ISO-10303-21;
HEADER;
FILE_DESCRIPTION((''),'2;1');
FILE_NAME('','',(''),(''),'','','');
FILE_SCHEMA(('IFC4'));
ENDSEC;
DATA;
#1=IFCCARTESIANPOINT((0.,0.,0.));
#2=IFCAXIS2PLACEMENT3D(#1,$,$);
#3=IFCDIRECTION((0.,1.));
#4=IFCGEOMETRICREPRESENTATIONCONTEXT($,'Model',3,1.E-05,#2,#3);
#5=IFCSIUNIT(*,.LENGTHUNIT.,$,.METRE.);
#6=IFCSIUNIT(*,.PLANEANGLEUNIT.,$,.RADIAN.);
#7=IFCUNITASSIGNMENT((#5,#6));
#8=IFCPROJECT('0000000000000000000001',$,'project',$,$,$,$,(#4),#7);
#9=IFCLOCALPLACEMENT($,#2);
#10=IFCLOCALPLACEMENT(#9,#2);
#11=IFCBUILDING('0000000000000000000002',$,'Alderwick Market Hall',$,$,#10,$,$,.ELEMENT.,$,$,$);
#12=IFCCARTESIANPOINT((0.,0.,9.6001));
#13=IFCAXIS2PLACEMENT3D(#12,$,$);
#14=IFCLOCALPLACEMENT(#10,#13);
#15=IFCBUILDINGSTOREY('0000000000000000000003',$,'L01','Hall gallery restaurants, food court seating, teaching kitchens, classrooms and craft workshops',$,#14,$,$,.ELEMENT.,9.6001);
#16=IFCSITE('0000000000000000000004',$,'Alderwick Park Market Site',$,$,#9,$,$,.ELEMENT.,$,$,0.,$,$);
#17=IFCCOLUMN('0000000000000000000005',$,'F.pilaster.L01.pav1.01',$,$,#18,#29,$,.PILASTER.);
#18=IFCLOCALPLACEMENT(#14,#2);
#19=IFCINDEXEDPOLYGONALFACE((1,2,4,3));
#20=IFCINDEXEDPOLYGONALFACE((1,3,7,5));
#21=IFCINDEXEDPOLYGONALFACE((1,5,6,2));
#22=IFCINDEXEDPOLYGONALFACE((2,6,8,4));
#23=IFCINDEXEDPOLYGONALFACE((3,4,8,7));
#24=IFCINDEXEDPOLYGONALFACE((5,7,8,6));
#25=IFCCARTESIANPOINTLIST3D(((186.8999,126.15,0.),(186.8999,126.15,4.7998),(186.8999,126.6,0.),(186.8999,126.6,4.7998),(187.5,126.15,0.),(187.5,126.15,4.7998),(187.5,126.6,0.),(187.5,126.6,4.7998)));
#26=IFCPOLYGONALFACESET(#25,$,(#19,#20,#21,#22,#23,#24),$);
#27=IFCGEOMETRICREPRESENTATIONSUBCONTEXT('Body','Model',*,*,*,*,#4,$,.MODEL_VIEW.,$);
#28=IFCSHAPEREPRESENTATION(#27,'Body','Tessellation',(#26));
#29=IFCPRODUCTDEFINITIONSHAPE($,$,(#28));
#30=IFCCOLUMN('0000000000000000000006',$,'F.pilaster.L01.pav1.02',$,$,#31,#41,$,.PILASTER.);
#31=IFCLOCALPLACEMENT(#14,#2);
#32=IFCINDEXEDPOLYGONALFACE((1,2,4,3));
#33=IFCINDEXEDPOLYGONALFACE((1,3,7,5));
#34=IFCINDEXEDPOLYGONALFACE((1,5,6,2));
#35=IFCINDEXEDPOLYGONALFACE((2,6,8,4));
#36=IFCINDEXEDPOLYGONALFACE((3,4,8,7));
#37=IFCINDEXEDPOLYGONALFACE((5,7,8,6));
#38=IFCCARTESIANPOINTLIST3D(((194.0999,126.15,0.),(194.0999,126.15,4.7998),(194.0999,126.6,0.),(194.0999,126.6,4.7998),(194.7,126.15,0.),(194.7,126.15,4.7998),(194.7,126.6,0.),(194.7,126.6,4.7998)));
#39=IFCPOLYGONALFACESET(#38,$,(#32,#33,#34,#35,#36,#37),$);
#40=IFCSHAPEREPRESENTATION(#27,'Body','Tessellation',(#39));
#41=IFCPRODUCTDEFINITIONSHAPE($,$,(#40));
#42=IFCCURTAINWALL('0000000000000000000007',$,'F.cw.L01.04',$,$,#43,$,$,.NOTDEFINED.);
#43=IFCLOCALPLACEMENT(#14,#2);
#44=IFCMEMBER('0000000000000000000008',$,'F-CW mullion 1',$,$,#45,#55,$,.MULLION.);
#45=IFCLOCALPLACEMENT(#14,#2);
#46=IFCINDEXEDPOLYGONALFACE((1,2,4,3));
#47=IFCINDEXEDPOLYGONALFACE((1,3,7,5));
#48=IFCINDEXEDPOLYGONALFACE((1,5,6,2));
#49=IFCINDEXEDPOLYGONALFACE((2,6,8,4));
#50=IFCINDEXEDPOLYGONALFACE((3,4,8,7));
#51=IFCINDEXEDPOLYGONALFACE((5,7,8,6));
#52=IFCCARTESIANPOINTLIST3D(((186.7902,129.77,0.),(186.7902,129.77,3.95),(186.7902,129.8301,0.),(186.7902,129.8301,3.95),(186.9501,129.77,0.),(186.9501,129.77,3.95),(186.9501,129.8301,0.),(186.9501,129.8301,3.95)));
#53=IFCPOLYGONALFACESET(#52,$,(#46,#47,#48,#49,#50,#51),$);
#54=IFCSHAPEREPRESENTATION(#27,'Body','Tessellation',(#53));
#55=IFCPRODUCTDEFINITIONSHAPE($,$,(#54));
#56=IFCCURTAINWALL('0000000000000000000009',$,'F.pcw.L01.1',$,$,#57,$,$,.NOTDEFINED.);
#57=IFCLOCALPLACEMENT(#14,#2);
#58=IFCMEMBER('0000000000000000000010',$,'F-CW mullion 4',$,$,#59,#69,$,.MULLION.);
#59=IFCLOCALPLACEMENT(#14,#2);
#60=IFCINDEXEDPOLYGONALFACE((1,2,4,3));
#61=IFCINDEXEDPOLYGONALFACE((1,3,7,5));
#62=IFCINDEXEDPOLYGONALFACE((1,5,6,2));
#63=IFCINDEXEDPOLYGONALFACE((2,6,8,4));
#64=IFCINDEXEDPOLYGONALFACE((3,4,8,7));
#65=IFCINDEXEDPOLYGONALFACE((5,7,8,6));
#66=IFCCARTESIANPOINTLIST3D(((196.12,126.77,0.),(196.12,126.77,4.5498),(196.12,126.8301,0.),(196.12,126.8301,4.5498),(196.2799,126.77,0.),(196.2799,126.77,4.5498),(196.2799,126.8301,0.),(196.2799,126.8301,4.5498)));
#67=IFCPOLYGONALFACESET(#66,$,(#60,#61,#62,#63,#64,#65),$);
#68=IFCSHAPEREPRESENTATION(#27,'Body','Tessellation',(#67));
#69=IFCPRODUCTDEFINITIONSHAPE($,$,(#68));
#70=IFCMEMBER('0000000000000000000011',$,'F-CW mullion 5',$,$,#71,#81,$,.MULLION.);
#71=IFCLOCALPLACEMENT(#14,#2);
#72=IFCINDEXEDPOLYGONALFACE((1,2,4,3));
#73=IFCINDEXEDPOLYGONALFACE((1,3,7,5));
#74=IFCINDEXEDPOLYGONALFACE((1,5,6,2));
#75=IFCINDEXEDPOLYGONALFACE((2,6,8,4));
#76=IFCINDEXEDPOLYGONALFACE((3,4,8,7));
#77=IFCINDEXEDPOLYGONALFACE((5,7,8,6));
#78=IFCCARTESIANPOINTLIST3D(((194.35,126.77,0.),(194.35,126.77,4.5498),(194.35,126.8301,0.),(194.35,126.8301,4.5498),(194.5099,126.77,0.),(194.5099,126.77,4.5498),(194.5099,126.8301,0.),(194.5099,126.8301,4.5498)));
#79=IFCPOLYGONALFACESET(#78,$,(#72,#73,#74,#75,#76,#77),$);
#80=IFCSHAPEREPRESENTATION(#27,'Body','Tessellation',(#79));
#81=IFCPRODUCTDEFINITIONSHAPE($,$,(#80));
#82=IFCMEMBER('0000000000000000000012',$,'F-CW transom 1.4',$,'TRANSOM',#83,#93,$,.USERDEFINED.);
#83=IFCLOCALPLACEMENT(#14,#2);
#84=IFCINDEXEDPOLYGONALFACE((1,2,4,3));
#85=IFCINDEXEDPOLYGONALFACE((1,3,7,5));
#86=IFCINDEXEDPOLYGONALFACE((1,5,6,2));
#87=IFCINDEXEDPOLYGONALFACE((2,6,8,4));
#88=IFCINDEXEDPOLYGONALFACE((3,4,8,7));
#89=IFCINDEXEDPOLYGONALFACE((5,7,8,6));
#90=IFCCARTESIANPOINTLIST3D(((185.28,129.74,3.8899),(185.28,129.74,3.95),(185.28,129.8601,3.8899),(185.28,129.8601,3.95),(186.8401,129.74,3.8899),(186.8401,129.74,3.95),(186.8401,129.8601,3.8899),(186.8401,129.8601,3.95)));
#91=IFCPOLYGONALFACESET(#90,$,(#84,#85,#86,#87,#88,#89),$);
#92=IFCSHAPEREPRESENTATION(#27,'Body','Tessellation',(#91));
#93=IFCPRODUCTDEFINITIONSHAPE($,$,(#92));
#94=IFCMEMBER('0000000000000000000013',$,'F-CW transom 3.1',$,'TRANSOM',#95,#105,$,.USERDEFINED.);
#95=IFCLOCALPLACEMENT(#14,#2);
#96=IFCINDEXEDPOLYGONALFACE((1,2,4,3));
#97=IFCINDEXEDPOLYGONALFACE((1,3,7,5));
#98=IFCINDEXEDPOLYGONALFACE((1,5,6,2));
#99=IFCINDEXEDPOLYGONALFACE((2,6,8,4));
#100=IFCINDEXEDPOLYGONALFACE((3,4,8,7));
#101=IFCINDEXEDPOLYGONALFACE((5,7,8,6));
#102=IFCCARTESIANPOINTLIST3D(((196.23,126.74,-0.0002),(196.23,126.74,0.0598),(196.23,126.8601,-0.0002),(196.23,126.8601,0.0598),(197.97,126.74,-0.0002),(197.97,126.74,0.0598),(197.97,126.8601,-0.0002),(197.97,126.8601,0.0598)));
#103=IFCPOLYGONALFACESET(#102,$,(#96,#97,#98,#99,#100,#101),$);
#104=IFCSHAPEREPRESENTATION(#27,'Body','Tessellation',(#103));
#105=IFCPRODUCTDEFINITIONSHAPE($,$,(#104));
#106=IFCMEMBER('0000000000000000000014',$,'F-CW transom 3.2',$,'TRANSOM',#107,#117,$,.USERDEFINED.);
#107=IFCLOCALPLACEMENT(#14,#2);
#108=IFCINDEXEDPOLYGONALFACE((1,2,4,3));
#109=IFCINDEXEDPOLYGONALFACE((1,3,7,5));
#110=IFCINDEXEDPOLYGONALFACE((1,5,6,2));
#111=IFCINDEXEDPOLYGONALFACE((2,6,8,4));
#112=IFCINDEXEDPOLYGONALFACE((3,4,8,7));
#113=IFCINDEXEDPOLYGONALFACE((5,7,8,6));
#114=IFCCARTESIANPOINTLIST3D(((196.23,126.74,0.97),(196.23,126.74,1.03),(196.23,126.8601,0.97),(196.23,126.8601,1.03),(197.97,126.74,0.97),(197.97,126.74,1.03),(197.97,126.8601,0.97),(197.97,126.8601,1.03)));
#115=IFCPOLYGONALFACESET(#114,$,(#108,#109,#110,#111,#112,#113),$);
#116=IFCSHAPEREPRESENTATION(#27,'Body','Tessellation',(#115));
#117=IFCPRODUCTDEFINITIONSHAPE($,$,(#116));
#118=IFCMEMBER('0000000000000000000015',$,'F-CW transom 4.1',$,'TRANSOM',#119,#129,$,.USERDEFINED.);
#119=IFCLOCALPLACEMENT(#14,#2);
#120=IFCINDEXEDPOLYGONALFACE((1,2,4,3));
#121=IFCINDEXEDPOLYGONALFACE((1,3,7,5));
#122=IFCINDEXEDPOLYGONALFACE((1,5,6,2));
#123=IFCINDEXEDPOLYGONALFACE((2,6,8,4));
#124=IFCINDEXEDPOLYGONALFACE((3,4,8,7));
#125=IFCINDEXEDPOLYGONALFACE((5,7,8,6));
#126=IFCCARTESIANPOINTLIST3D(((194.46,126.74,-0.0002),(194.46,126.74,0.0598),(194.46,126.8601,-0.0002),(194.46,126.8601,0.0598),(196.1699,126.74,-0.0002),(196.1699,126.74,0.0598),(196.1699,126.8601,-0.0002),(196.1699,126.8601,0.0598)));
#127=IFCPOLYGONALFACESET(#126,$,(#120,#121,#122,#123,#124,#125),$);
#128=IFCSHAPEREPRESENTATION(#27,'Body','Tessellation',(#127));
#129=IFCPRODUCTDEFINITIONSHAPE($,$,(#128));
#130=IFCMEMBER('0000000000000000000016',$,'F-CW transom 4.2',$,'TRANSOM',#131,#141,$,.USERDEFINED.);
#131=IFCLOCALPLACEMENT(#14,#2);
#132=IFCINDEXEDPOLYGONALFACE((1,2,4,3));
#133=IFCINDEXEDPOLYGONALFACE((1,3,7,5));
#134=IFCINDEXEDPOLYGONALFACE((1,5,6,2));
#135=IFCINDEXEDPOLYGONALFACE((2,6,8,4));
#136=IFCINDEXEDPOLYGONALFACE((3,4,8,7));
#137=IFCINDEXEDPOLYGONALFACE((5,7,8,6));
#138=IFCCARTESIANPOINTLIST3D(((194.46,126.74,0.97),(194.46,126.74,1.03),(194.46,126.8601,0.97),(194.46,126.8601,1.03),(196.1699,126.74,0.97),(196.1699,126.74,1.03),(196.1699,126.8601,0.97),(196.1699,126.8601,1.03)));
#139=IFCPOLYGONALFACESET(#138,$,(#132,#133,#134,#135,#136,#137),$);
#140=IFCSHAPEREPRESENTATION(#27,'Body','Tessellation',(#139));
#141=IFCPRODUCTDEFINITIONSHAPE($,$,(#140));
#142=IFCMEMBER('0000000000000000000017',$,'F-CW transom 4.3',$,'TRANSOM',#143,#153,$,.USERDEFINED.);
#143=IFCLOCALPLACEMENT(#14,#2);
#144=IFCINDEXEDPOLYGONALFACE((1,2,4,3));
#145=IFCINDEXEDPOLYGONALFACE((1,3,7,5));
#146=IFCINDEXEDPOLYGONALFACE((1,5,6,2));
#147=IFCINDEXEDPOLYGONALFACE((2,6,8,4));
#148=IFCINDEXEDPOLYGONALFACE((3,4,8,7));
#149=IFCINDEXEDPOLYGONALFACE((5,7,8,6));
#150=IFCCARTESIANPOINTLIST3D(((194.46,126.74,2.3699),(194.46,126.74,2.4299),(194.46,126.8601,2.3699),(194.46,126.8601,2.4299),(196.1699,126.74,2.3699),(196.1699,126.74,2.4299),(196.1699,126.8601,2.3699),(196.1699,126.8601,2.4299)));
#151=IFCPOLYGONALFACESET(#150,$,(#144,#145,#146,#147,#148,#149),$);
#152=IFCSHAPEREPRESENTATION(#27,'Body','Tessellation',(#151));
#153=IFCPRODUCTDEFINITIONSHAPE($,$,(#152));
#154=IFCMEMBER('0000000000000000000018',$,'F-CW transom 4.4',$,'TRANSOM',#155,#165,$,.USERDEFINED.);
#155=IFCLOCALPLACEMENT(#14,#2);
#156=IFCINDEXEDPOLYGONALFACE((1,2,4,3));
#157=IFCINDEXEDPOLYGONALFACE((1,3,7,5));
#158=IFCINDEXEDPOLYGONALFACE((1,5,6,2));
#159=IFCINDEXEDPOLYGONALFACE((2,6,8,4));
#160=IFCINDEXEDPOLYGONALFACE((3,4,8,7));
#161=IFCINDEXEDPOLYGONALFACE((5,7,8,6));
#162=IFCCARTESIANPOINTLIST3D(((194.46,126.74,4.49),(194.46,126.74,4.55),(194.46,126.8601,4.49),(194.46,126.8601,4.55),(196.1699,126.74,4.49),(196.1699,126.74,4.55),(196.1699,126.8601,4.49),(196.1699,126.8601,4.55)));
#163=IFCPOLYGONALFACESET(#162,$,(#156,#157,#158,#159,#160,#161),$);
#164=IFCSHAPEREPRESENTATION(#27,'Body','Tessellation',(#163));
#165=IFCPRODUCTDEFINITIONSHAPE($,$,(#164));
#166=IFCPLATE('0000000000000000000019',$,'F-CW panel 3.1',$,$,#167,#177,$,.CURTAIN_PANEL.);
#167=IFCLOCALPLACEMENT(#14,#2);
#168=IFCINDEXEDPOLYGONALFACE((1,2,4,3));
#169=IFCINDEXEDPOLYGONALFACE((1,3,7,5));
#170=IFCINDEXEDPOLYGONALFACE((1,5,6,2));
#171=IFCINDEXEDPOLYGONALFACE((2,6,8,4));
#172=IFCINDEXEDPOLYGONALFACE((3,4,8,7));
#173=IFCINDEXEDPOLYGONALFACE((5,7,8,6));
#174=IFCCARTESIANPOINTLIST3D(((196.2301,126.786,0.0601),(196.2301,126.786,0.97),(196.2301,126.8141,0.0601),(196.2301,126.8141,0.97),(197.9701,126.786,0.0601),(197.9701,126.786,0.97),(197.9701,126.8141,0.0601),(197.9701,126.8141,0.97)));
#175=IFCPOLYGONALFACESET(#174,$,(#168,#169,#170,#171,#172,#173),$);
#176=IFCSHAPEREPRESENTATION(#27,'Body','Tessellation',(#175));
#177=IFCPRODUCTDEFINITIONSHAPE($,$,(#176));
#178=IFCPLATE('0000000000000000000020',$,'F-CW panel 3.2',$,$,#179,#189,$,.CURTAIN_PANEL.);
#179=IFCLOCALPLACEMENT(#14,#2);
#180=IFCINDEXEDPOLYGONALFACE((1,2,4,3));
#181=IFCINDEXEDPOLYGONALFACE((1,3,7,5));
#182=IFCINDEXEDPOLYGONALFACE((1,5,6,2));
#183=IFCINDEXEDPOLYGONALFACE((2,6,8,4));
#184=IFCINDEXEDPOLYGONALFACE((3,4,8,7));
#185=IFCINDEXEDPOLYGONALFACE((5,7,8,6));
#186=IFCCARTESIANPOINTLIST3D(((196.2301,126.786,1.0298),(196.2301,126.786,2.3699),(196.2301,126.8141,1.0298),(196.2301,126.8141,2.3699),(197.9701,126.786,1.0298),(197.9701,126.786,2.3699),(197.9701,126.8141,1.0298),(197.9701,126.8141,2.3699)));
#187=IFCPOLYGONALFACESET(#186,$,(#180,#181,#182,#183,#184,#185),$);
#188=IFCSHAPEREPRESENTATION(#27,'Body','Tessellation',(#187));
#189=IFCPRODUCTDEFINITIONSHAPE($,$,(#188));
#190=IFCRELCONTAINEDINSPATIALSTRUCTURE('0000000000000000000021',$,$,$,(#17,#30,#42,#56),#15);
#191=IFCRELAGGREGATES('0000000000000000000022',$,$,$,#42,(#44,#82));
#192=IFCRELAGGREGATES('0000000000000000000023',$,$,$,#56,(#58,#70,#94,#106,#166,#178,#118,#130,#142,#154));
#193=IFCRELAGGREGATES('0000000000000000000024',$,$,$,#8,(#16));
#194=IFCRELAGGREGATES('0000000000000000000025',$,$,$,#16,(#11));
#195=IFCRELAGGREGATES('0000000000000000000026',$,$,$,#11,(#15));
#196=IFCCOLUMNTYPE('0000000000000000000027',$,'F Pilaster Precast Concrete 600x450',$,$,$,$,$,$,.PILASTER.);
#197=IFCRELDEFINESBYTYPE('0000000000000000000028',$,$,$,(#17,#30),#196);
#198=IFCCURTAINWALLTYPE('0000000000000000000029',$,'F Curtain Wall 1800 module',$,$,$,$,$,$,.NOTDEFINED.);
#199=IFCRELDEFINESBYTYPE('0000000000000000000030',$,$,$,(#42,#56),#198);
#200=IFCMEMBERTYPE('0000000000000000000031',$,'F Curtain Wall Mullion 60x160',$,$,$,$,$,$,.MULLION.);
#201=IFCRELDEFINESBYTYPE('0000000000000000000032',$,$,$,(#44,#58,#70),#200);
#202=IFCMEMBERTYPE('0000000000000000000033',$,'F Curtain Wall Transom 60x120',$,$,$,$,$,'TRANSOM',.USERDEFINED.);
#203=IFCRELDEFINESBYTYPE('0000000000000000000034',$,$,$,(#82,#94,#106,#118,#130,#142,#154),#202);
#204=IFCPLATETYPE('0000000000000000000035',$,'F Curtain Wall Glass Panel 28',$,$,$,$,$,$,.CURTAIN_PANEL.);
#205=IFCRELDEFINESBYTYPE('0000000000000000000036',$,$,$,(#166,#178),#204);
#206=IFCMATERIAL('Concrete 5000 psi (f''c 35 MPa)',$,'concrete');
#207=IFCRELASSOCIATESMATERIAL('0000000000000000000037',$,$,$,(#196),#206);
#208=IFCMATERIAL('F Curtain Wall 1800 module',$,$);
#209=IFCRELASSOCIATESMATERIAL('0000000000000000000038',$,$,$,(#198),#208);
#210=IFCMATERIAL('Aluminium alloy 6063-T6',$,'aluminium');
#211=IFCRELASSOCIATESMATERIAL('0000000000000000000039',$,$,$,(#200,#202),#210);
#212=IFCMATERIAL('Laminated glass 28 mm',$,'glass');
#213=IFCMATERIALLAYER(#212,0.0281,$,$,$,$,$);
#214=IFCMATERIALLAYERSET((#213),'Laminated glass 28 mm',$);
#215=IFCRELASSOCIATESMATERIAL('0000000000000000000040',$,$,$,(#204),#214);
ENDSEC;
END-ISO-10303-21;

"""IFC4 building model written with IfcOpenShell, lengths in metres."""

from ifc_helpers import new_model, si_unit, direction, frame, origin, origin_2d, place, context, subcontext, project, spatial, rectangle, extrude, material, layer, layer_set, material_profile, profile_set, type_object, element, aggregate, save


model = new_model("IFC4")

# Units and contexts
model_context = context("Model", 3, precision=1e-05, world=origin(), true_north=direction((0.0, 1.0)))
body_context = subcontext(model_context, "Body", "Model", "MODEL_VIEW")
ifc_project = project(units=[si_unit("LENGTHUNIT", "METRE"), si_unit("PLANEANGLEUNIT", "RADIAN")], contexts=[model_context])

# Site, building, storey
site_placement = place(None, origin())
site = spatial("IfcSite", under=ifc_project, at=site_placement, Name="Alderwick Park Market Site", CompositionType="ELEMENT", RefElevation=0.0)
building_placement = place(site_placement, origin())
building = spatial("IfcBuilding", under=site, at=building_placement, Name="Alderwick Market Hall", CompositionType="ELEMENT")
storey_placement = place(building_placement, frame((0.0, 0.0, 9.6001)))
storey = spatial("IfcBuildingStorey", under=building, at=storey_placement, Name="L01", Description="Hall gallery restaurants, food court seating, teaching kitchens, classrooms and craft workshops", CompositionType="ELEMENT", Elevation=9.6001)

# Columns
ifc_material_1 = material(Name="Concrete 5000 psi (f'c 35 MPa)", Category="concrete")
ifc_material_profile_1 = material_profile(ifc_material_1, rectangle(XDim=0.6001, YDim=0.45, at=origin_2d()), Name="PC 600x450")
ifc_profile_set_1 = profile_set([ifc_material_profile_1], Name="Concrete 5000 psi (f'c 35 MPa)")
column_type = type_object("IfcColumnType", Name="F Pilaster Precast Concrete 600x450", PredefinedType="PILASTER", material=ifc_profile_set_1)
for number, where, z_axis, x_axis, name in (
    (1, (187.2, 126.375, 0.0), (0.0, 0.0, 1.0), (1.0, 0.0, 0.0), "F.pilaster.L01.pav1.01"),
    (2, (194.3999, 126.375, 0.0), (0.0, 0.0, 1.0), (1.0, 0.0, 0.0), "F.pilaster.L01.pav1.02"),
):
    element("IfcColumn", number, at=place(storey_placement, frame(where, z_axis=z_axis, x_axis=x_axis)), inside=storey, type_object=column_type, Name=name, PredefinedType="PILASTER", context=body_context, shape_type="SweptSolid", body=[
        extrude(rectangle(XDim=0.6001, YDim=0.45, at=origin_2d()), origin(), (0.0, 0.0, 1.0), 4.7998),
    ])

# Curtain wall, member
ifc_material_2 = material(Name="F Curtain Wall 1800 module")
curtain_wall_type = type_object("IfcCurtainWallType", Name="F Curtain Wall 1800 module", PredefinedType="NOTDEFINED", material=ifc_material_2)
curtain_wall_1_placement = place(storey_placement, origin())
curtain_wall_1 = element("IfcCurtainWall", 3, at=curtain_wall_1_placement, inside=storey, type_object=curtain_wall_type, Name="F.cw.L01.04", PredefinedType="NOTDEFINED")
ifc_material_3 = material(Name="Aluminium alloy 6063-T6", Category="aluminium")
ifc_material_profile_2 = material_profile(ifc_material_3, rectangle(XDim=0.0601, YDim=0.1599, at=origin_2d()), Name="AL 60x160")
ifc_profile_set_2 = profile_set([ifc_material_profile_2], Name="Aluminium alloy 6063-T6")
member_type_1 = type_object("IfcMemberType", Name="F Curtain Wall Mullion 60x160", PredefinedType="MULLION", material=ifc_profile_set_2)
member_1_placement = place(storey_placement, frame((186.8701, 129.8, 0.0), z_axis=(0.0, 0.0, 1.0), x_axis=(0.0, -1.0, 0.0)))
member_1 = element("IfcMember", 4, at=member_1_placement, type_object=member_type_1, Name="F-CW mullion 1", PredefinedType="MULLION", context=body_context, shape_type="SweptSolid", body=[
    extrude(rectangle(XDim=0.0601, YDim=0.1599, at=origin_2d()), origin(), (0.0, 0.0, 1.0), 3.95),
])

# Curtain wall, members
curtain_wall_2_placement = place(storey_placement, origin())
curtain_wall_2 = element("IfcCurtainWall", 5, at=curtain_wall_2_placement, inside=storey, type_object=curtain_wall_type, Name="F.pcw.L01.1", PredefinedType="NOTDEFINED")
member_2_placement = place(storey_placement, frame((196.2, 126.8, 0.0), z_axis=(0.0, 0.0, 1.0), x_axis=(0.0, -1.0, 0.0)))
member_2 = element("IfcMember", 6, at=member_2_placement, type_object=member_type_1, Name="F-CW mullion 4", PredefinedType="MULLION", context=body_context, shape_type="SweptSolid", body=[
    extrude(rectangle(XDim=0.0601, YDim=0.1599, at=origin_2d()), origin(), (0.0, 0.0, 1.0), 4.5498),
])
member_3_placement = place(storey_placement, frame((194.4299, 126.8, 0.0), z_axis=(0.0, 0.0, 1.0), x_axis=(0.0, -1.0, 0.0)))
member_3 = element("IfcMember", 7, at=member_3_placement, type_object=member_type_1, Name="F-CW mullion 5", PredefinedType="MULLION", context=body_context, shape_type="SweptSolid", body=[
    extrude(rectangle(XDim=0.0601, YDim=0.1599, at=origin_2d()), origin(), (0.0, 0.0, 1.0), 4.5498),
])

# Members
ifc_material_profile_3 = material_profile(ifc_material_3, rectangle(XDim=0.1201, YDim=0.0601, at=origin_2d()), Name="AL 60x120")
ifc_profile_set_3 = profile_set([ifc_material_profile_3], Name="Aluminium alloy 6063-T6")
member_type_2 = type_object("IfcMemberType", Name="F Curtain Wall Transom 60x120", ElementType="TRANSOM", PredefinedType="USERDEFINED", material=ifc_profile_set_3)
member_4_placement = place(storey_placement, frame((186.8401, 129.8, 3.9199), z_axis=(-1.0, 0.0, 0.0), x_axis=(0.0, -1.0, 0.0)))
member_4 = element("IfcMember", 8, at=member_4_placement, type_object=member_type_2, Name="F-CW transom 1.4", ObjectType="TRANSOM", PredefinedType="USERDEFINED", context=body_context, shape_type="SweptSolid", body=[
    extrude(rectangle(XDim=0.1201, YDim=0.0601, at=origin_2d()), origin(), (0.0, 0.0, 1.0), 1.5601),
])
aggregate(curtain_wall_1, [member_1, member_4])
member_5_placement = place(storey_placement, frame((197.97, 126.8, 0.0298), z_axis=(-1.0, 0.0, 0.0), x_axis=(0.0, -1.0, 0.0)))
member_5 = element("IfcMember", 9, at=member_5_placement, type_object=member_type_2, Name="F-CW transom 3.1", ObjectType="TRANSOM", PredefinedType="USERDEFINED", context=body_context, shape_type="SweptSolid", body=[
    extrude(rectangle(XDim=0.1201, YDim=0.0601, at=origin_2d()), origin(), (0.0, 0.0, 1.0), 1.74),
])
member_6_placement = place(storey_placement, frame((197.97, 126.8, 1.0), z_axis=(-1.0, 0.0, 0.0), x_axis=(0.0, -1.0, 0.0)))
member_6 = element("IfcMember", 10, at=member_6_placement, type_object=member_type_2, Name="F-CW transom 3.2", ObjectType="TRANSOM", PredefinedType="USERDEFINED", context=body_context, shape_type="SweptSolid", body=[
    extrude(rectangle(XDim=0.1201, YDim=0.0601, at=origin_2d()), origin(), (0.0, 0.0, 1.0), 1.74),
])
member_7_placement = place(storey_placement, frame((196.1699, 126.8, 0.0298), z_axis=(-1.0, 0.0, 0.0), x_axis=(0.0, -1.0, 0.0)))
member_7 = element("IfcMember", 11, at=member_7_placement, type_object=member_type_2, Name="F-CW transom 4.1", ObjectType="TRANSOM", PredefinedType="USERDEFINED", context=body_context, shape_type="SweptSolid", body=[
    extrude(rectangle(XDim=0.1201, YDim=0.0601, at=origin_2d()), origin(), (0.0, 0.0, 1.0), 1.71),
])
member_8_placement = place(storey_placement, frame((196.1699, 126.8, 1.0), z_axis=(-1.0, 0.0, 0.0), x_axis=(0.0, -1.0, 0.0)))
member_8 = element("IfcMember", 12, at=member_8_placement, type_object=member_type_2, Name="F-CW transom 4.2", ObjectType="TRANSOM", PredefinedType="USERDEFINED", context=body_context, shape_type="SweptSolid", body=[
    extrude(rectangle(XDim=0.1201, YDim=0.0601, at=origin_2d()), origin(), (0.0, 0.0, 1.0), 1.71),
])
member_9_placement = place(storey_placement, frame((196.1699, 126.8, 2.3999), z_axis=(-1.0, 0.0, 0.0), x_axis=(0.0, -1.0, 0.0)))
member_9 = element("IfcMember", 13, at=member_9_placement, type_object=member_type_2, Name="F-CW transom 4.3", ObjectType="TRANSOM", PredefinedType="USERDEFINED", context=body_context, shape_type="SweptSolid", body=[
    extrude(rectangle(XDim=0.1201, YDim=0.0601, at=origin_2d()), origin(), (0.0, 0.0, 1.0), 1.71),
])
member_10_placement = place(storey_placement, frame((196.1699, 126.8, 4.52), z_axis=(-1.0, 0.0, 0.0), x_axis=(0.0, -1.0, 0.0)))
member_10 = element("IfcMember", 14, at=member_10_placement, type_object=member_type_2, Name="F-CW transom 4.4", ObjectType="TRANSOM", PredefinedType="USERDEFINED", context=body_context, shape_type="SweptSolid", body=[
    extrude(rectangle(XDim=0.1201, YDim=0.0601, at=origin_2d()), origin(), (0.0, 0.0, 1.0), 1.71),
])

# Plates
ifc_material_4 = material(Name="Laminated glass 28 mm", Category="glass")
ifc_layer_1 = layer(ifc_material_4, 0.0281)
ifc_layer_set_1 = layer_set([ifc_layer_1], Name="Laminated glass 28 mm")
plate_type = type_object("IfcPlateType", Name="F Curtain Wall Glass Panel 28", PredefinedType="CURTAIN_PANEL", material=ifc_layer_set_1)
plate_1_placement = place(storey_placement, frame((197.1001, 126.8, 0.0601), z_axis=(0.0, 0.0, 1.0), x_axis=(-1.0, 0.0, 0.0)))
plate_1 = element("IfcPlate", 15, at=plate_1_placement, type_object=plate_type, Name="F-CW panel 3.1", PredefinedType="CURTAIN_PANEL", context=body_context, shape_type="SweptSolid", body=[
    extrude(rectangle(XDim=1.74, YDim=0.0281, at=origin_2d()), origin(), (0.0, 0.0, 1.0), 0.9099),
])
plate_2_placement = place(storey_placement, frame((197.1001, 126.8, 1.0298), z_axis=(0.0, 0.0, 1.0), x_axis=(-1.0, 0.0, 0.0)))
plate_2 = element("IfcPlate", 16, at=plate_2_placement, type_object=plate_type, Name="F-CW panel 3.2", PredefinedType="CURTAIN_PANEL", context=body_context, shape_type="SweptSolid", body=[
    extrude(rectangle(XDim=1.74, YDim=0.0281, at=origin_2d()), origin(), (0.0, 0.0, 1.0), 1.3401),
])
aggregate(curtain_wall_2, [member_2, member_3, member_5, member_6, plate_1, plate_2, member_7, member_8, member_9, member_10])

save(model, "model.ifc")
